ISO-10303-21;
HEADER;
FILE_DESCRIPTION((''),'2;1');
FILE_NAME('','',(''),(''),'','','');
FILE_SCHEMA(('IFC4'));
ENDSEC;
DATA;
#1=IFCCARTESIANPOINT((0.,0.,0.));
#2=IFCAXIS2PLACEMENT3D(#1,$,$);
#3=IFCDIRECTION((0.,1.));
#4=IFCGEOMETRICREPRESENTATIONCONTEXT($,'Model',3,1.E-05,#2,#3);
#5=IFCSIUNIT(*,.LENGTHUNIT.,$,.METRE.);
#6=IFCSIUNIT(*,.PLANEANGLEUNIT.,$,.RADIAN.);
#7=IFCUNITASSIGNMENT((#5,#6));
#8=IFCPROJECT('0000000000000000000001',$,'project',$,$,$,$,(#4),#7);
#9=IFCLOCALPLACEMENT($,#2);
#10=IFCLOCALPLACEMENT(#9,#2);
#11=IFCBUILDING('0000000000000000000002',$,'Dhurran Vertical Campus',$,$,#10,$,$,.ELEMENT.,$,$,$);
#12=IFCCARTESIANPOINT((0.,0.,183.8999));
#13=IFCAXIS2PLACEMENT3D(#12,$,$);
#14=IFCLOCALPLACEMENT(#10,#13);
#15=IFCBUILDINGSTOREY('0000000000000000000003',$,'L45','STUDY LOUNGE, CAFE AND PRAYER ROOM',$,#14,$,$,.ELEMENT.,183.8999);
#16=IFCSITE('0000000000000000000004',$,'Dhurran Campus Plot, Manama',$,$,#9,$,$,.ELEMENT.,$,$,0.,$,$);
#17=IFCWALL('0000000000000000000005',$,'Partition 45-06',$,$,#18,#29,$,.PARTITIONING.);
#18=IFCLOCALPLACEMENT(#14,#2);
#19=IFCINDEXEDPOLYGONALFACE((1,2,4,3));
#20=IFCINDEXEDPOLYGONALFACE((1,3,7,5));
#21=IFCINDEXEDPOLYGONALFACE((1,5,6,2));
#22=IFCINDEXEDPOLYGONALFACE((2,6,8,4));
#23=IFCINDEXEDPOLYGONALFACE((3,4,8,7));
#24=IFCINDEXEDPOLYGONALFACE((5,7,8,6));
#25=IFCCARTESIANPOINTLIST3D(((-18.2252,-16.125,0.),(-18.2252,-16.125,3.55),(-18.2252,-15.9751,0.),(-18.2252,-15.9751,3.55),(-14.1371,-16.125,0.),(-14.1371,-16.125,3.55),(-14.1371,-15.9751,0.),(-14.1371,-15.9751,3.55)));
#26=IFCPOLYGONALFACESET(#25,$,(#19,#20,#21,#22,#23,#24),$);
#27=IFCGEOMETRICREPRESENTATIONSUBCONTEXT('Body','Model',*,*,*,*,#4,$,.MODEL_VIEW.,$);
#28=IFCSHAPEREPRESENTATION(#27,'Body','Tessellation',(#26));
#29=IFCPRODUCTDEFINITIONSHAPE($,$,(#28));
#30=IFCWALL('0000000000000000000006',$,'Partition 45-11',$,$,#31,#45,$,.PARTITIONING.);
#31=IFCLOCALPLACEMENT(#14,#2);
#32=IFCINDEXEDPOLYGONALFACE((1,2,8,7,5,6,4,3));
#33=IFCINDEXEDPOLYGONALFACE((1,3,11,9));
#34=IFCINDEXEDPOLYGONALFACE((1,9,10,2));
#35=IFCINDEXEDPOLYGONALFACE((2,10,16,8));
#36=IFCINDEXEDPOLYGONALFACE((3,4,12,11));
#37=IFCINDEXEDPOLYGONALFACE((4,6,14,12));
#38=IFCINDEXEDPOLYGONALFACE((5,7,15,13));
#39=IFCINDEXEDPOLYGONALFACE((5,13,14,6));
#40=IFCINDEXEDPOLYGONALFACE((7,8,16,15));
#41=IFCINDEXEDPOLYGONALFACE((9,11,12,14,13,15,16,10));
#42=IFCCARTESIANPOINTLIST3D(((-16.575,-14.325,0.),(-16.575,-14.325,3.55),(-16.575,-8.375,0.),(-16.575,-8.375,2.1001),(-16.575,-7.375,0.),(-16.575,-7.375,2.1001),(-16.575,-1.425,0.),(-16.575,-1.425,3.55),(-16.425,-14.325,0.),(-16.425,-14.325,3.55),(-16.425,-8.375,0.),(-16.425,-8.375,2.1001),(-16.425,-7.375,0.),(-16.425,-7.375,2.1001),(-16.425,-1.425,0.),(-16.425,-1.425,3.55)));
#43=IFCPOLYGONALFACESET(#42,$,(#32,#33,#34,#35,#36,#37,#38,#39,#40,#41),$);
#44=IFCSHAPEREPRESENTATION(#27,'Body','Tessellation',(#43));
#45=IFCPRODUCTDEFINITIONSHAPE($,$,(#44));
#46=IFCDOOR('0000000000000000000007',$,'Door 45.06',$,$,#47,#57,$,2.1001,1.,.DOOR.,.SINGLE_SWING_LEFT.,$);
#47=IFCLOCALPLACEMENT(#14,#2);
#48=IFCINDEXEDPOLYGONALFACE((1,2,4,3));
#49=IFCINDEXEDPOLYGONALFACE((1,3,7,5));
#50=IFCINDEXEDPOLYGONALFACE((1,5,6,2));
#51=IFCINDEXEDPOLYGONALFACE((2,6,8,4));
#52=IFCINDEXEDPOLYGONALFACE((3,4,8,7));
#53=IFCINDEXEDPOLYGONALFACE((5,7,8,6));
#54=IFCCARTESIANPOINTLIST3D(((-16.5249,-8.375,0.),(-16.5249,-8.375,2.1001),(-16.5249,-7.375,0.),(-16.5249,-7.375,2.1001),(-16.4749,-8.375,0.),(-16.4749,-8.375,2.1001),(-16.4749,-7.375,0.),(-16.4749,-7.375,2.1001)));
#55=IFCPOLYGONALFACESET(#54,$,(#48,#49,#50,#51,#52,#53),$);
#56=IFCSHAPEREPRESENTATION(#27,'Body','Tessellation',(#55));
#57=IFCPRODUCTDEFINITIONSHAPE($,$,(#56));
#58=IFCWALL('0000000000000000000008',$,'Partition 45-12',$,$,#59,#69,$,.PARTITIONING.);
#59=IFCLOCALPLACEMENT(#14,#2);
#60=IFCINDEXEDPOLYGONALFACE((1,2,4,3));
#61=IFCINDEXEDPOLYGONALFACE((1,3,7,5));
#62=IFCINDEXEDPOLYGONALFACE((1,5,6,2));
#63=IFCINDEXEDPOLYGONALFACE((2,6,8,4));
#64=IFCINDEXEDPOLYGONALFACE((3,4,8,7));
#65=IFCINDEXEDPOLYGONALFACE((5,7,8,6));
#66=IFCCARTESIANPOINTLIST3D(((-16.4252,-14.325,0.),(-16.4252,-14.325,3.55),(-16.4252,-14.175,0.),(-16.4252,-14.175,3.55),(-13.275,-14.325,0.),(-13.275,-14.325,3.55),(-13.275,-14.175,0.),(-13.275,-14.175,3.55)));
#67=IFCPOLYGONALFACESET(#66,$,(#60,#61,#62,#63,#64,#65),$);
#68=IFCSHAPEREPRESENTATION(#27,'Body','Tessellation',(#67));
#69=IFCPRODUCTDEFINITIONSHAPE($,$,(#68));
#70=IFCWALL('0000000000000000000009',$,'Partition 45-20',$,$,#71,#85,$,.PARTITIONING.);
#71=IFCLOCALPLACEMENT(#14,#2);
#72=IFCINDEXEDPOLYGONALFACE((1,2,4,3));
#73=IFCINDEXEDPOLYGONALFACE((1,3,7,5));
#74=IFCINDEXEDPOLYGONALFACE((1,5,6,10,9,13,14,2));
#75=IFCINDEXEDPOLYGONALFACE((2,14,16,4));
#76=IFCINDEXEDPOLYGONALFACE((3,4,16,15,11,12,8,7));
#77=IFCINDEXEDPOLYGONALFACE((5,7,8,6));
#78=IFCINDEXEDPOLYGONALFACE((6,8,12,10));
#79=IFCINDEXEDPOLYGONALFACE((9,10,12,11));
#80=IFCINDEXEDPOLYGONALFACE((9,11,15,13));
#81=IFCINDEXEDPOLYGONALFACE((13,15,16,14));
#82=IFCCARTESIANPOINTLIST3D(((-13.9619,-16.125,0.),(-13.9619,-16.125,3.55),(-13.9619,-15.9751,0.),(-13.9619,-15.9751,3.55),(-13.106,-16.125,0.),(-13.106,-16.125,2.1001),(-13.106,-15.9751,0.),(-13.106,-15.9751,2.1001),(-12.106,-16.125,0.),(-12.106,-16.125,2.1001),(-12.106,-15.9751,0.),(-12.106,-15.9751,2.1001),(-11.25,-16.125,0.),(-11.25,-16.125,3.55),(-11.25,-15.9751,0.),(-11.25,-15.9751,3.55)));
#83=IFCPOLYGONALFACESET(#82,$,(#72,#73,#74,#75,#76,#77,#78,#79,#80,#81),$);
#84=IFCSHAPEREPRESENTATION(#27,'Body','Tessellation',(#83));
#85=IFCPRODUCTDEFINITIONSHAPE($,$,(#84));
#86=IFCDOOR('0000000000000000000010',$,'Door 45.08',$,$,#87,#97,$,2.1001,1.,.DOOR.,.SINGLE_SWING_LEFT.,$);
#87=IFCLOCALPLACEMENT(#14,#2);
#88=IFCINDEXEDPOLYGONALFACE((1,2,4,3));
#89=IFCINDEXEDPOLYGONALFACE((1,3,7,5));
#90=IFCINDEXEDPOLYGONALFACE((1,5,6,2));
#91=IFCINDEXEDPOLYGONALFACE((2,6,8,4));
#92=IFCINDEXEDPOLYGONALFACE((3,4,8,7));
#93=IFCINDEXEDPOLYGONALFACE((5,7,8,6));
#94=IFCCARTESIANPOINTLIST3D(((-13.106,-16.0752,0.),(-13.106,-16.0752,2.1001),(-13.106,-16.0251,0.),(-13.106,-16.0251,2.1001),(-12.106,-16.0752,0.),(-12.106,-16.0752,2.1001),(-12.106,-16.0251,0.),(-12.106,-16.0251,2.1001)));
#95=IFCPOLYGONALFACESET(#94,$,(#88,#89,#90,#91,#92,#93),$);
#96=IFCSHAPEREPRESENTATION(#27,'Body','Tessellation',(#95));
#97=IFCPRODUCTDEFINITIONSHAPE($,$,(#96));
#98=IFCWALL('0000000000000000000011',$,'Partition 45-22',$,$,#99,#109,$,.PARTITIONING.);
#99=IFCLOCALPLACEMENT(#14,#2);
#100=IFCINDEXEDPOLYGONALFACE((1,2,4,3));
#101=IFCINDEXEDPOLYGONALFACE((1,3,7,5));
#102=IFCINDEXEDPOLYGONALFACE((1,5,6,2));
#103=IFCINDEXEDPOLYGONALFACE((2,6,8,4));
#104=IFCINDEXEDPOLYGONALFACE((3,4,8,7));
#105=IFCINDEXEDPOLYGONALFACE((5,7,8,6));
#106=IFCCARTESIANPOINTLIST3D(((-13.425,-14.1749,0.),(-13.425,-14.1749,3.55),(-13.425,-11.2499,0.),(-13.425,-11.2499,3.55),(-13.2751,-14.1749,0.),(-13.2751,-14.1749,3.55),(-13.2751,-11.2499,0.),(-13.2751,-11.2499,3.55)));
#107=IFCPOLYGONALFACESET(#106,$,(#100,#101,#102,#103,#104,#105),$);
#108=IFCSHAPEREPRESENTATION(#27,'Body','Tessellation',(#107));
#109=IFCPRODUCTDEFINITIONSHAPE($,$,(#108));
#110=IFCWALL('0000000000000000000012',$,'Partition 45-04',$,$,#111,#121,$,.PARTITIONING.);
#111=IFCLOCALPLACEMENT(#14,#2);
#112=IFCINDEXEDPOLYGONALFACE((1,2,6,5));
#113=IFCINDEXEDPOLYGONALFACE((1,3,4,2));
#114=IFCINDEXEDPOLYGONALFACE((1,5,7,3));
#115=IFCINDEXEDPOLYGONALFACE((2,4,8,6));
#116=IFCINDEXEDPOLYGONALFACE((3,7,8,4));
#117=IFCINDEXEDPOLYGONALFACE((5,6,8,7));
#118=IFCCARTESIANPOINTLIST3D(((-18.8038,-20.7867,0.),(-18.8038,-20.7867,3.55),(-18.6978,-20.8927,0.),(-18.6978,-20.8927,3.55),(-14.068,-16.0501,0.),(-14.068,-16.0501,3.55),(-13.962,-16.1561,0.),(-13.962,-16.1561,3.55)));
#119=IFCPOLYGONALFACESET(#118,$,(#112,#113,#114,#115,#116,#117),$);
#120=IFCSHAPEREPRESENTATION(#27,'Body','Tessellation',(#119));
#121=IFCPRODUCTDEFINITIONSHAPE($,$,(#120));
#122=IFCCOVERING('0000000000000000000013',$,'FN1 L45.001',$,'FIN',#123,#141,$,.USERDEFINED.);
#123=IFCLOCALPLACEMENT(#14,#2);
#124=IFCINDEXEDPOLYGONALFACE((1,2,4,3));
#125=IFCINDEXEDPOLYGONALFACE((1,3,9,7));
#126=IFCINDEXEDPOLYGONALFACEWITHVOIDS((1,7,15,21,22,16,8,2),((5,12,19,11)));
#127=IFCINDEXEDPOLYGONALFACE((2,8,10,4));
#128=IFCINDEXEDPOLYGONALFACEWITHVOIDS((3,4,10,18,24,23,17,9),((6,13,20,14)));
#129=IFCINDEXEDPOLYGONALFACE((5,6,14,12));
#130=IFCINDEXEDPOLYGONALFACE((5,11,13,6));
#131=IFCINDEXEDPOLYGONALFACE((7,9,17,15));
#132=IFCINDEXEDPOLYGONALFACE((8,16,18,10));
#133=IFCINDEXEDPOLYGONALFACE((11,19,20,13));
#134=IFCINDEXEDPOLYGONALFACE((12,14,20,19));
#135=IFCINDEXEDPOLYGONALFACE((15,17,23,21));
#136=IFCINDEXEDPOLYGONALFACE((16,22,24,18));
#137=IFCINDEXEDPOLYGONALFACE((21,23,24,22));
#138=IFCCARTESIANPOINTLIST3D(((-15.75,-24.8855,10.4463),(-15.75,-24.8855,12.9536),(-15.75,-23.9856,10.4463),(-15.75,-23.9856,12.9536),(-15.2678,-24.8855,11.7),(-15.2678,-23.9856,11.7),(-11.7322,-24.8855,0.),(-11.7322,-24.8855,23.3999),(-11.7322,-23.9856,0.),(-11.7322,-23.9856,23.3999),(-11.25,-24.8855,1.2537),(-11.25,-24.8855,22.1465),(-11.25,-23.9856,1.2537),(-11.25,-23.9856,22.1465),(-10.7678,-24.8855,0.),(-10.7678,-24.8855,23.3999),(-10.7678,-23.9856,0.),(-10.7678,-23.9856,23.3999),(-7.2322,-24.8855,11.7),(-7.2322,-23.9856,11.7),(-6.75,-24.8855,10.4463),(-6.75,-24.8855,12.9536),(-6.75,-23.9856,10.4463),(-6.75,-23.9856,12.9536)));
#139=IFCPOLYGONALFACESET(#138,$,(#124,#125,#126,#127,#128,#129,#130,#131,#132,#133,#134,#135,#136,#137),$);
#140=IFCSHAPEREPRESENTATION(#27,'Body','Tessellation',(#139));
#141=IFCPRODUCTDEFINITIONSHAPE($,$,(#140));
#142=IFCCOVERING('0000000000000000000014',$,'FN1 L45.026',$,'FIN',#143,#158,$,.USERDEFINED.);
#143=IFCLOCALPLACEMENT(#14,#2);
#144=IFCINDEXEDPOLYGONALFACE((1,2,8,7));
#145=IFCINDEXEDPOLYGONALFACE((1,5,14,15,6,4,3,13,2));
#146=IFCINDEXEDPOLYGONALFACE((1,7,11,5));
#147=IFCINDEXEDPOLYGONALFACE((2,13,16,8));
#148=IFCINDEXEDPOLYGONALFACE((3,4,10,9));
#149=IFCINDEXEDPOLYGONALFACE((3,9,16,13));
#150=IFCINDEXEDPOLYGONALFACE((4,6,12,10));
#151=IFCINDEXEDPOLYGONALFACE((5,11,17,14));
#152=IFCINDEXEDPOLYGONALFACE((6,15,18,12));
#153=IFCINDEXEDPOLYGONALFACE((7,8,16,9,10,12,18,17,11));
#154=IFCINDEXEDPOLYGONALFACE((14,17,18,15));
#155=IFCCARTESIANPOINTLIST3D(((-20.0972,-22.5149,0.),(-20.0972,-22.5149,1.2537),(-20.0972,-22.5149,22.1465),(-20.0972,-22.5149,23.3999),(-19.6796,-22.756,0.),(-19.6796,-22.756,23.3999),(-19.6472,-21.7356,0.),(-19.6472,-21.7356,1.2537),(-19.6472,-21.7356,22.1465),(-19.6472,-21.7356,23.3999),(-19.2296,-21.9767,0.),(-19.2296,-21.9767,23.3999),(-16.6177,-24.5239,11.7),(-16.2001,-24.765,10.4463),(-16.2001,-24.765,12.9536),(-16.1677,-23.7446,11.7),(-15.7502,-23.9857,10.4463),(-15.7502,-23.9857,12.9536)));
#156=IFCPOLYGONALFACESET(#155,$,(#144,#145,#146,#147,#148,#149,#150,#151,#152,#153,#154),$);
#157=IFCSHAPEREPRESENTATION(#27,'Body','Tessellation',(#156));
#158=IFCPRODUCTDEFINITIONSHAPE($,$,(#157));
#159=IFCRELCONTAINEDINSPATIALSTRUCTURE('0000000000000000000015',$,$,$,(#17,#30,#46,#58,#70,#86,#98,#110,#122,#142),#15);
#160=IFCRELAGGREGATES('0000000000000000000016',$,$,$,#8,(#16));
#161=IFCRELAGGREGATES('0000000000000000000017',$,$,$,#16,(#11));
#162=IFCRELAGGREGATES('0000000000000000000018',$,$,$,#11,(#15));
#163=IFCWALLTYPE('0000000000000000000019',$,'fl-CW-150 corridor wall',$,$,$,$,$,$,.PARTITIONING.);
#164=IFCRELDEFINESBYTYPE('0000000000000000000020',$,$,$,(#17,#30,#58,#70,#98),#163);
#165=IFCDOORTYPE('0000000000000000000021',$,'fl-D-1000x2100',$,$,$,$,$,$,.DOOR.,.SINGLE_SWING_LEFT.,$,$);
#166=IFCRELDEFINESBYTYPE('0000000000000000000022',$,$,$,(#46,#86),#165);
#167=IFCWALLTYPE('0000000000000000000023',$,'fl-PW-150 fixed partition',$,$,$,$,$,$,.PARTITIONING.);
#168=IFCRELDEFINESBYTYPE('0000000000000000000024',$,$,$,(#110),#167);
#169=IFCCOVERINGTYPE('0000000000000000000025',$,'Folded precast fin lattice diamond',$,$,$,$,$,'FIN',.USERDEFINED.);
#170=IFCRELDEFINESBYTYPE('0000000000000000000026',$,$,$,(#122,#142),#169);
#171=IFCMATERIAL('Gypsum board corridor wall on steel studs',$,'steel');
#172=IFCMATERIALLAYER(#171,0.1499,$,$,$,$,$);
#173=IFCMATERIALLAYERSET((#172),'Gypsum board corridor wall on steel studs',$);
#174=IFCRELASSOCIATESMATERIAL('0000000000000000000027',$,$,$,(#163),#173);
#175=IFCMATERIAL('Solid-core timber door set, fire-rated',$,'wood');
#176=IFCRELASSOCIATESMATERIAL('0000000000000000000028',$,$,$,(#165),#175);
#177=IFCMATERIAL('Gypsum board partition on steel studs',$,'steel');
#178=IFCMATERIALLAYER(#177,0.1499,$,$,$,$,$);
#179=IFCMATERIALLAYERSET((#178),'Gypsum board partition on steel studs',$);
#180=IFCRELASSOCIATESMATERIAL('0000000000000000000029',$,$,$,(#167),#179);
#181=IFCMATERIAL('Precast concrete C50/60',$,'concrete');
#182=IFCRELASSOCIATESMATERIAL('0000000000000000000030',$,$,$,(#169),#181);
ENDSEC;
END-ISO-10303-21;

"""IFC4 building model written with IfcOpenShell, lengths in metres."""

from ifc_helpers import new_model, si_unit, direction, frame, frame_2d, origin, place, context, subcontext, project, spatial, polyline, rectangle, outline, extrude, material, layer, layer_set, type_object, element, fill, save


model = new_model("IFC4")

# Units and contexts
model_context = context("Model", 3, precision=1e-05, world=origin(), true_north=direction((0.0, 1.0)))
body_context = subcontext(model_context, "Body", "Model", "MODEL_VIEW")
ifc_project = project(units=[si_unit("LENGTHUNIT", "METRE"), si_unit("PLANEANGLEUNIT", "RADIAN")], contexts=[model_context])

# Site, building, storey
site_placement = place(None, origin())
site = spatial("IfcSite", under=ifc_project, at=site_placement, Name="Dhurran Campus Plot, Manama", CompositionType="ELEMENT", RefElevation=0.0)
building_placement = place(site_placement, origin())
building = spatial("IfcBuilding", under=site, at=building_placement, Name="Dhurran Vertical Campus", CompositionType="ELEMENT")
storey_placement = place(building_placement, frame((0.0, 0.0, 183.8999)))
storey = spatial("IfcBuildingStorey", under=building, at=storey_placement, Name="L45", Description="STUDY LOUNGE, CAFE AND PRAYER ROOM", CompositionType="ELEMENT", Elevation=183.8999)

# Wall
ifc_material_1 = material(Name="Gypsum board corridor wall on steel studs", Category="steel")
ifc_layer_1 = layer(ifc_material_1, 0.1499)
ifc_layer_set_1 = layer_set([ifc_layer_1], Name="Gypsum board corridor wall on steel studs")
wall_type_1 = type_object("IfcWallType", Name="fl-CW-150 corridor wall", PredefinedType="PARTITIONING", material=ifc_layer_set_1)
wall_1_placement = place(storey_placement, frame((-18.2251, -16.05, 0.0), z_axis=(0.0, 0.0, 1.0), x_axis=(1.0, 0.0, 0.0)))
element("IfcWall", 1, at=wall_1_placement, inside=storey, type_object=wall_type_1, Name="Partition 45-06", PredefinedType="PARTITIONING", context=body_context, shape_type="SweptSolid", body=[
    extrude(rectangle(XDim=4.0881, YDim=0.1499, at=frame_2d((2.0439, 0.0))), origin(), (0.0, 0.0, 1.0), 3.55),
])

# Wall, opening, door
wall_2_placement = place(storey_placement, frame((-16.5, -14.325, 0.0), z_axis=(0.0, 0.0, 1.0), x_axis=(0.0, 1.0, 0.0)))
wall_2 = element("IfcWall", 2, at=wall_2_placement, inside=storey, type_object=wall_type_1, Name="Partition 45-11", PredefinedType="PARTITIONING", context=body_context, shape_type="SweptSolid", body=[
    extrude(rectangle(XDim=12.8999, YDim=0.1499, at=frame_2d((6.45, 0.0))), origin(), (0.0, 0.0, 1.0), 3.55),
])
opening_1_placement = place(wall_2_placement, frame((5.95, 0.0, 0.0)))
opening_1 = element("IfcOpeningElement", 3, at=opening_1_placement, cuts=wall_2, PredefinedType="OPENING", context=body_context, shape_type="SweptSolid", body=[
    extrude(rectangle(XDim=1.0, YDim=2.1001, at=frame_2d((0.5, 1.05))), frame((0.0, 0.085, 0.0), z_axis=(0.0, -1.0, 0.0), x_axis=(1.0, 0.0, 0.0)), (0.0, 0.0, 1.0), 0.1699),
])
ifc_material_2 = material(Name="Solid-core timber door set, fire-rated", Category="wood")
door_type = type_object("IfcDoorType", Name="fl-D-1000x2100", OperationType="SINGLE_SWING_LEFT", PredefinedType="DOOR", material=ifc_material_2)
door_1_placement = place(opening_1_placement, origin())
door_1 = element("IfcDoor", 4, at=door_1_placement, inside=storey, type_object=door_type, Name="Door 45.06", OperationType="SINGLE_SWING_LEFT", OverallHeight=2.1001, OverallWidth=1.0, PredefinedType="DOOR", context=body_context, shape_type="SweptSolid", body=[
    extrude(rectangle(XDim=1.0, YDim=2.1001, at=frame_2d((0.5, 1.05))), frame((0.0, 0.0249, 0.0), z_axis=(0.0, -1.0, 0.0), x_axis=(1.0, 0.0, 0.0)), (0.0, 0.0, 1.0), 0.05),
])
fill(opening_1, door_1)

# Wall
wall_3_placement = place(storey_placement, frame((-13.2749, -14.25, 0.0), z_axis=(0.0, 0.0, 1.0), x_axis=(-1.0, 0.0, 0.0)))
element("IfcWall", 5, at=wall_3_placement, inside=storey, type_object=wall_type_1, Name="Partition 45-12", PredefinedType="PARTITIONING", context=body_context, shape_type="SweptSolid", body=[
    extrude(rectangle(XDim=3.1501, YDim=0.1499, at=frame_2d((1.5752, 0.0))), origin(), (0.0, 0.0, 1.0), 3.55),
])

# Wall, opening, door
wall_4_placement = place(storey_placement, frame((-13.9619, -16.05, 0.0), z_axis=(0.0, 0.0, 1.0), x_axis=(1.0, 0.0, 0.0)))
wall_4 = element("IfcWall", 6, at=wall_4_placement, inside=storey, type_object=wall_type_1, Name="Partition 45-20", PredefinedType="PARTITIONING", context=body_context, shape_type="SweptSolid", body=[
    extrude(rectangle(XDim=2.7119, YDim=0.1499, at=frame_2d((1.356, 0.0))), origin(), (0.0, 0.0, 1.0), 3.55),
])
opening_2_placement = place(wall_4_placement, frame((0.856, 0.0, 0.0)))
opening_2 = element("IfcOpeningElement", 7, at=opening_2_placement, cuts=wall_4, PredefinedType="OPENING", context=body_context, shape_type="SweptSolid", body=[
    extrude(rectangle(XDim=1.0, YDim=2.1001, at=frame_2d((0.5, 1.05))), frame((0.0, 0.085, 0.0), z_axis=(0.0, -1.0, 0.0), x_axis=(1.0, 0.0, 0.0)), (0.0, 0.0, 1.0), 0.1699),
])
door_2_placement = place(opening_2_placement, origin())
door_2 = element("IfcDoor", 8, at=door_2_placement, inside=storey, type_object=door_type, Name="Door 45.08", OperationType="SINGLE_SWING_LEFT", OverallHeight=2.1001, OverallWidth=1.0, PredefinedType="DOOR", context=body_context, shape_type="SweptSolid", body=[
    extrude(rectangle(XDim=1.0, YDim=2.1001, at=frame_2d((0.5, 1.05))), frame((0.0, 0.0249, 0.0), z_axis=(0.0, -1.0, 0.0), x_axis=(1.0, 0.0, 0.0)), (0.0, 0.0, 1.0), 0.05),
])
fill(opening_2, door_2)

# Walls
wall_5_placement = place(storey_placement, frame((-13.3501, -11.25, 0.0), z_axis=(0.0, 0.0, 1.0), x_axis=(0.0, -1.0, 0.0)))
element("IfcWall", 9, at=wall_5_placement, inside=storey, type_object=wall_type_1, Name="Partition 45-22", PredefinedType="PARTITIONING", context=body_context, shape_type="SweptSolid", body=[
    extrude(rectangle(XDim=2.925, YDim=0.1499, at=frame_2d((1.4624, 0.0))), origin(), (0.0, 0.0, 1.0), 3.55),
])
ifc_material_3 = material(Name="Gypsum board partition on steel studs", Category="steel")
ifc_layer_2 = layer(ifc_material_3, 0.1499)
ifc_layer_set_2 = layer_set([ifc_layer_2], Name="Gypsum board partition on steel studs")
wall_type_2 = type_object("IfcWallType", Name="fl-PW-150 fixed partition", PredefinedType="PARTITIONING", material=ifc_layer_set_2)
wall_6_placement = place(storey_placement, frame((-14.0149, -16.103, 0.0), z_axis=(0.0, 0.0, 1.0), x_axis=(-0.707052, -0.707161, 0.0)))
element("IfcWall", 10, at=wall_6_placement, inside=storey, type_object=wall_type_2, Name="Partition 45-04", PredefinedType="PARTITIONING", context=body_context, shape_type="SweptSolid", body=[
    extrude(rectangle(XDim=6.698, YDim=0.1499, at=frame_2d((3.3491, 0.0))), origin(), (0.0, 0.0, 1.0), 3.55),
])

# Coverings
ifc_material_4 = material(Name="Precast concrete C50/60", Category="concrete")
covering_type = type_object("IfcCoveringType", Name="Folded precast fin lattice diamond", ElementType="FIN", PredefinedType="USERDEFINED", material=ifc_material_4)
covering_1_placement = place(storey_placement, frame((-15.75, -23.9856, 0.0), z_axis=(0.0, -1.0, 0.0), x_axis=(1.0, 0.0, 0.0)))
element("IfcCovering", 11, at=covering_1_placement, inside=storey, type_object=covering_type, Name="FN1 L45.001", ObjectType="FIN", PredefinedType="USERDEFINED", context=body_context, shape_type="SweptSolid", body=[
    extrude(outline(polyline([(9.0, 12.9536), (9.0, 10.4463), (4.9822, 0.0), (4.0178, 0.0), (0.0, 10.4463), (0.0, 12.9536), (4.0178, 23.3999), (4.9822, 23.3999), (9.0, 12.9536)]), holes=[polyline([(8.5178, 11.7), (4.5, 22.1465), (0.4822, 11.7), (4.5, 1.2537), (8.5178, 11.7)])]), origin(), (0.0, 0.0, 1.0), 0.8999),
])
covering_2_placement = place(storey_placement, frame((-19.6472, -21.7356, 0.0), z_axis=(-0.50002, -0.866014, 0.0), x_axis=(0.866014, -0.50002, 0.0)))
element("IfcCovering", 12, at=covering_2_placement, inside=storey, type_object=covering_type, Name="FN1 L45.026", ObjectType="FIN", PredefinedType="USERDEFINED", context=body_context, shape_type="SweptSolid", body=[
    extrude(outline(polyline([(4.5, 10.4463), (0.4822, 0.0), (0.0, 0.0), (0.0, 1.2537), (4.0178, 11.7), (0.0, 22.1465), (0.0, 23.3999), (0.4822, 23.3999), (4.5, 12.9536), (4.5, 10.4463)])), origin(), (0.0, 0.0, 1.0), 0.8999),
])

save(model, "model.ifc")
